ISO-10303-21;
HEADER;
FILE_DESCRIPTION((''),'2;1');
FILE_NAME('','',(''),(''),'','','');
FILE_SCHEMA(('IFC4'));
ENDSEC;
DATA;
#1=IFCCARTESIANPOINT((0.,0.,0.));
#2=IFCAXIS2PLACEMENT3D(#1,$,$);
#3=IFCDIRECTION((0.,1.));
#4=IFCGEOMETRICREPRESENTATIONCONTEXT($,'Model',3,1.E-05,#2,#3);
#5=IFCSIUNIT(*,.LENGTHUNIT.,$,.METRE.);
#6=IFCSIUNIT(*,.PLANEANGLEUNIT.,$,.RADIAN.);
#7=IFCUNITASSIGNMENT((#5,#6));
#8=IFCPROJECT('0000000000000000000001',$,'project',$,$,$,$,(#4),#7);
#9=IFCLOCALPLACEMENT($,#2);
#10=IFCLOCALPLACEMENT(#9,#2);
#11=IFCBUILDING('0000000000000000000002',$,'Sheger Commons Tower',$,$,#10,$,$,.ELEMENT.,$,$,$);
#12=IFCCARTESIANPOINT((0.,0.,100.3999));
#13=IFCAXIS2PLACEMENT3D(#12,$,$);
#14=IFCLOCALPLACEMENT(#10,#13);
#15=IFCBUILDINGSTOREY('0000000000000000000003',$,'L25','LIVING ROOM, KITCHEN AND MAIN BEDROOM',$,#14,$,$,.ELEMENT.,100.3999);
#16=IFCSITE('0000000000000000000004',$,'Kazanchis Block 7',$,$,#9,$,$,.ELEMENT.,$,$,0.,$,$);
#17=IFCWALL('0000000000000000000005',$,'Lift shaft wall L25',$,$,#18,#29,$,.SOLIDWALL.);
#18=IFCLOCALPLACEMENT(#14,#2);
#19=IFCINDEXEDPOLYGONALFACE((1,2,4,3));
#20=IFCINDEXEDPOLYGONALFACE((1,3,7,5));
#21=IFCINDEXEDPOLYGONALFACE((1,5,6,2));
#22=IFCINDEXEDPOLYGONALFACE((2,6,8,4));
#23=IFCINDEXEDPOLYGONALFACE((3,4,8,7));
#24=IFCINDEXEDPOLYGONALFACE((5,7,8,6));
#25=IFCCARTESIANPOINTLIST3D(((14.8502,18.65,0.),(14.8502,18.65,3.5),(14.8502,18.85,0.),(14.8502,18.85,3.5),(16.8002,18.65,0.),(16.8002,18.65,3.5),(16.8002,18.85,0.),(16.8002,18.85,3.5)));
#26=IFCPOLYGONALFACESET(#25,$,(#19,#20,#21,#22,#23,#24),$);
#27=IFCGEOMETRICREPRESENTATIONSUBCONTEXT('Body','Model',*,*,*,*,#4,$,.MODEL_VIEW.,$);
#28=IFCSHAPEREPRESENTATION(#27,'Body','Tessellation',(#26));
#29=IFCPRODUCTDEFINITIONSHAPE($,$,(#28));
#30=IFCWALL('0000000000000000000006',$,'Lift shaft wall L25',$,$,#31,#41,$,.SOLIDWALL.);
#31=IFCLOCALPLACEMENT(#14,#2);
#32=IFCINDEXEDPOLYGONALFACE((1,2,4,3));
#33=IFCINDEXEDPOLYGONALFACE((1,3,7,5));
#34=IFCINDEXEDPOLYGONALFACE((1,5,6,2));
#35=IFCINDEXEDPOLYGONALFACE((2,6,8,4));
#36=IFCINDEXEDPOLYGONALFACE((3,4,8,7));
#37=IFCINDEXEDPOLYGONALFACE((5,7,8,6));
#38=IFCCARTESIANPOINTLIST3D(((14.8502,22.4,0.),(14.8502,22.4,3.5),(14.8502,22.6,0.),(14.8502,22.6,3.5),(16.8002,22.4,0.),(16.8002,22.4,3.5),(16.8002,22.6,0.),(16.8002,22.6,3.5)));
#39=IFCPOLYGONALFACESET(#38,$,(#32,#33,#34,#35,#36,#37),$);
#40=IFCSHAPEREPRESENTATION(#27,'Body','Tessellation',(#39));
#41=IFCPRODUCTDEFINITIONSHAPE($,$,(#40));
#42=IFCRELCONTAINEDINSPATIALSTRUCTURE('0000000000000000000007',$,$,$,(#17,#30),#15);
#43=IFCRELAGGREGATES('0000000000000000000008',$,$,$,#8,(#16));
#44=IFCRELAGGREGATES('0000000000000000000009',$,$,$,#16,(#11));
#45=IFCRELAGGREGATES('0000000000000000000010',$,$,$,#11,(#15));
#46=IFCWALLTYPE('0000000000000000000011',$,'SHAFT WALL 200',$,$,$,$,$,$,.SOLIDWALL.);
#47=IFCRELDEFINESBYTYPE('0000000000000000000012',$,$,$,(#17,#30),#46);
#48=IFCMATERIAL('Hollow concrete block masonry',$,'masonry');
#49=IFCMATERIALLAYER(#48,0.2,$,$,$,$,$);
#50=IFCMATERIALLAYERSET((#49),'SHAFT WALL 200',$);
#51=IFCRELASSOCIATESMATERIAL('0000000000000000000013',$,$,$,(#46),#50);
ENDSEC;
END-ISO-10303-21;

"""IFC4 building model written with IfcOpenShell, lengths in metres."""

from ifc_helpers import new_model, si_unit, direction, frame, frame_2d, origin, place, context, subcontext, project, spatial, rectangle, extrude, material, layer, layer_set, type_object, element, save


model = new_model("IFC4")

# Units and contexts
model_context = context("Model", 3, precision=1e-05, world=origin(), true_north=direction((0.0, 1.0)))
body_context = subcontext(model_context, "Body", "Model", "MODEL_VIEW")
ifc_project = project(units=[si_unit("LENGTHUNIT", "METRE"), si_unit("PLANEANGLEUNIT", "RADIAN")], contexts=[model_context])

# Site, building, storey
site_placement = place(None, origin())
site = spatial("IfcSite", under=ifc_project, at=site_placement, Name="Kazanchis Block 7", CompositionType="ELEMENT", RefElevation=0.0)
building_placement = place(site_placement, origin())
building = spatial("IfcBuilding", under=site, at=building_placement, Name="Sheger Commons Tower", CompositionType="ELEMENT")
storey_placement = place(building_placement, frame((0.0, 0.0, 100.3999)))
storey = spatial("IfcBuildingStorey", under=building, at=storey_placement, Name="L25", Description="LIVING ROOM, KITCHEN AND MAIN BEDROOM", CompositionType="ELEMENT", Elevation=100.3999)

# Walls
ifc_material_1 = material(Name="Hollow concrete block masonry", Category="masonry")
ifc_layer_1 = layer(ifc_material_1, 0.2)
ifc_layer_set_1 = layer_set([ifc_layer_1], Name="SHAFT WALL 200")
wall_type_1 = type_object("IfcWallType", Name="SHAFT WALL 200", PredefinedType="SOLIDWALL", material=ifc_layer_set_1)
for number, where, z_axis, x_axis, name in (
    (1, (14.8501, 18.75, 0.0), (0.0, 0.0, 1.0), (1.0, 0.0, 0.0), "Lift shaft wall L25"),
    (2, (14.8501, 22.5, 0.0), (0.0, 0.0, 1.0), (1.0, 0.0, 0.0), "Lift shaft wall L25"),
):
    element("IfcWall", number, at=place(storey_placement, frame(where, z_axis=z_axis, x_axis=x_axis)), inside=storey, type_object=wall_type_1, Name=name, PredefinedType="SOLIDWALL", context=body_context, shape_type="SweptSolid", body=[
        extrude(rectangle(XDim=1.95, YDim=0.2, at=frame_2d((0.9751, 0.0))), origin(), (0.0, 0.0, 1.0), 3.5),
    ])

save(model, "model.ifc")
